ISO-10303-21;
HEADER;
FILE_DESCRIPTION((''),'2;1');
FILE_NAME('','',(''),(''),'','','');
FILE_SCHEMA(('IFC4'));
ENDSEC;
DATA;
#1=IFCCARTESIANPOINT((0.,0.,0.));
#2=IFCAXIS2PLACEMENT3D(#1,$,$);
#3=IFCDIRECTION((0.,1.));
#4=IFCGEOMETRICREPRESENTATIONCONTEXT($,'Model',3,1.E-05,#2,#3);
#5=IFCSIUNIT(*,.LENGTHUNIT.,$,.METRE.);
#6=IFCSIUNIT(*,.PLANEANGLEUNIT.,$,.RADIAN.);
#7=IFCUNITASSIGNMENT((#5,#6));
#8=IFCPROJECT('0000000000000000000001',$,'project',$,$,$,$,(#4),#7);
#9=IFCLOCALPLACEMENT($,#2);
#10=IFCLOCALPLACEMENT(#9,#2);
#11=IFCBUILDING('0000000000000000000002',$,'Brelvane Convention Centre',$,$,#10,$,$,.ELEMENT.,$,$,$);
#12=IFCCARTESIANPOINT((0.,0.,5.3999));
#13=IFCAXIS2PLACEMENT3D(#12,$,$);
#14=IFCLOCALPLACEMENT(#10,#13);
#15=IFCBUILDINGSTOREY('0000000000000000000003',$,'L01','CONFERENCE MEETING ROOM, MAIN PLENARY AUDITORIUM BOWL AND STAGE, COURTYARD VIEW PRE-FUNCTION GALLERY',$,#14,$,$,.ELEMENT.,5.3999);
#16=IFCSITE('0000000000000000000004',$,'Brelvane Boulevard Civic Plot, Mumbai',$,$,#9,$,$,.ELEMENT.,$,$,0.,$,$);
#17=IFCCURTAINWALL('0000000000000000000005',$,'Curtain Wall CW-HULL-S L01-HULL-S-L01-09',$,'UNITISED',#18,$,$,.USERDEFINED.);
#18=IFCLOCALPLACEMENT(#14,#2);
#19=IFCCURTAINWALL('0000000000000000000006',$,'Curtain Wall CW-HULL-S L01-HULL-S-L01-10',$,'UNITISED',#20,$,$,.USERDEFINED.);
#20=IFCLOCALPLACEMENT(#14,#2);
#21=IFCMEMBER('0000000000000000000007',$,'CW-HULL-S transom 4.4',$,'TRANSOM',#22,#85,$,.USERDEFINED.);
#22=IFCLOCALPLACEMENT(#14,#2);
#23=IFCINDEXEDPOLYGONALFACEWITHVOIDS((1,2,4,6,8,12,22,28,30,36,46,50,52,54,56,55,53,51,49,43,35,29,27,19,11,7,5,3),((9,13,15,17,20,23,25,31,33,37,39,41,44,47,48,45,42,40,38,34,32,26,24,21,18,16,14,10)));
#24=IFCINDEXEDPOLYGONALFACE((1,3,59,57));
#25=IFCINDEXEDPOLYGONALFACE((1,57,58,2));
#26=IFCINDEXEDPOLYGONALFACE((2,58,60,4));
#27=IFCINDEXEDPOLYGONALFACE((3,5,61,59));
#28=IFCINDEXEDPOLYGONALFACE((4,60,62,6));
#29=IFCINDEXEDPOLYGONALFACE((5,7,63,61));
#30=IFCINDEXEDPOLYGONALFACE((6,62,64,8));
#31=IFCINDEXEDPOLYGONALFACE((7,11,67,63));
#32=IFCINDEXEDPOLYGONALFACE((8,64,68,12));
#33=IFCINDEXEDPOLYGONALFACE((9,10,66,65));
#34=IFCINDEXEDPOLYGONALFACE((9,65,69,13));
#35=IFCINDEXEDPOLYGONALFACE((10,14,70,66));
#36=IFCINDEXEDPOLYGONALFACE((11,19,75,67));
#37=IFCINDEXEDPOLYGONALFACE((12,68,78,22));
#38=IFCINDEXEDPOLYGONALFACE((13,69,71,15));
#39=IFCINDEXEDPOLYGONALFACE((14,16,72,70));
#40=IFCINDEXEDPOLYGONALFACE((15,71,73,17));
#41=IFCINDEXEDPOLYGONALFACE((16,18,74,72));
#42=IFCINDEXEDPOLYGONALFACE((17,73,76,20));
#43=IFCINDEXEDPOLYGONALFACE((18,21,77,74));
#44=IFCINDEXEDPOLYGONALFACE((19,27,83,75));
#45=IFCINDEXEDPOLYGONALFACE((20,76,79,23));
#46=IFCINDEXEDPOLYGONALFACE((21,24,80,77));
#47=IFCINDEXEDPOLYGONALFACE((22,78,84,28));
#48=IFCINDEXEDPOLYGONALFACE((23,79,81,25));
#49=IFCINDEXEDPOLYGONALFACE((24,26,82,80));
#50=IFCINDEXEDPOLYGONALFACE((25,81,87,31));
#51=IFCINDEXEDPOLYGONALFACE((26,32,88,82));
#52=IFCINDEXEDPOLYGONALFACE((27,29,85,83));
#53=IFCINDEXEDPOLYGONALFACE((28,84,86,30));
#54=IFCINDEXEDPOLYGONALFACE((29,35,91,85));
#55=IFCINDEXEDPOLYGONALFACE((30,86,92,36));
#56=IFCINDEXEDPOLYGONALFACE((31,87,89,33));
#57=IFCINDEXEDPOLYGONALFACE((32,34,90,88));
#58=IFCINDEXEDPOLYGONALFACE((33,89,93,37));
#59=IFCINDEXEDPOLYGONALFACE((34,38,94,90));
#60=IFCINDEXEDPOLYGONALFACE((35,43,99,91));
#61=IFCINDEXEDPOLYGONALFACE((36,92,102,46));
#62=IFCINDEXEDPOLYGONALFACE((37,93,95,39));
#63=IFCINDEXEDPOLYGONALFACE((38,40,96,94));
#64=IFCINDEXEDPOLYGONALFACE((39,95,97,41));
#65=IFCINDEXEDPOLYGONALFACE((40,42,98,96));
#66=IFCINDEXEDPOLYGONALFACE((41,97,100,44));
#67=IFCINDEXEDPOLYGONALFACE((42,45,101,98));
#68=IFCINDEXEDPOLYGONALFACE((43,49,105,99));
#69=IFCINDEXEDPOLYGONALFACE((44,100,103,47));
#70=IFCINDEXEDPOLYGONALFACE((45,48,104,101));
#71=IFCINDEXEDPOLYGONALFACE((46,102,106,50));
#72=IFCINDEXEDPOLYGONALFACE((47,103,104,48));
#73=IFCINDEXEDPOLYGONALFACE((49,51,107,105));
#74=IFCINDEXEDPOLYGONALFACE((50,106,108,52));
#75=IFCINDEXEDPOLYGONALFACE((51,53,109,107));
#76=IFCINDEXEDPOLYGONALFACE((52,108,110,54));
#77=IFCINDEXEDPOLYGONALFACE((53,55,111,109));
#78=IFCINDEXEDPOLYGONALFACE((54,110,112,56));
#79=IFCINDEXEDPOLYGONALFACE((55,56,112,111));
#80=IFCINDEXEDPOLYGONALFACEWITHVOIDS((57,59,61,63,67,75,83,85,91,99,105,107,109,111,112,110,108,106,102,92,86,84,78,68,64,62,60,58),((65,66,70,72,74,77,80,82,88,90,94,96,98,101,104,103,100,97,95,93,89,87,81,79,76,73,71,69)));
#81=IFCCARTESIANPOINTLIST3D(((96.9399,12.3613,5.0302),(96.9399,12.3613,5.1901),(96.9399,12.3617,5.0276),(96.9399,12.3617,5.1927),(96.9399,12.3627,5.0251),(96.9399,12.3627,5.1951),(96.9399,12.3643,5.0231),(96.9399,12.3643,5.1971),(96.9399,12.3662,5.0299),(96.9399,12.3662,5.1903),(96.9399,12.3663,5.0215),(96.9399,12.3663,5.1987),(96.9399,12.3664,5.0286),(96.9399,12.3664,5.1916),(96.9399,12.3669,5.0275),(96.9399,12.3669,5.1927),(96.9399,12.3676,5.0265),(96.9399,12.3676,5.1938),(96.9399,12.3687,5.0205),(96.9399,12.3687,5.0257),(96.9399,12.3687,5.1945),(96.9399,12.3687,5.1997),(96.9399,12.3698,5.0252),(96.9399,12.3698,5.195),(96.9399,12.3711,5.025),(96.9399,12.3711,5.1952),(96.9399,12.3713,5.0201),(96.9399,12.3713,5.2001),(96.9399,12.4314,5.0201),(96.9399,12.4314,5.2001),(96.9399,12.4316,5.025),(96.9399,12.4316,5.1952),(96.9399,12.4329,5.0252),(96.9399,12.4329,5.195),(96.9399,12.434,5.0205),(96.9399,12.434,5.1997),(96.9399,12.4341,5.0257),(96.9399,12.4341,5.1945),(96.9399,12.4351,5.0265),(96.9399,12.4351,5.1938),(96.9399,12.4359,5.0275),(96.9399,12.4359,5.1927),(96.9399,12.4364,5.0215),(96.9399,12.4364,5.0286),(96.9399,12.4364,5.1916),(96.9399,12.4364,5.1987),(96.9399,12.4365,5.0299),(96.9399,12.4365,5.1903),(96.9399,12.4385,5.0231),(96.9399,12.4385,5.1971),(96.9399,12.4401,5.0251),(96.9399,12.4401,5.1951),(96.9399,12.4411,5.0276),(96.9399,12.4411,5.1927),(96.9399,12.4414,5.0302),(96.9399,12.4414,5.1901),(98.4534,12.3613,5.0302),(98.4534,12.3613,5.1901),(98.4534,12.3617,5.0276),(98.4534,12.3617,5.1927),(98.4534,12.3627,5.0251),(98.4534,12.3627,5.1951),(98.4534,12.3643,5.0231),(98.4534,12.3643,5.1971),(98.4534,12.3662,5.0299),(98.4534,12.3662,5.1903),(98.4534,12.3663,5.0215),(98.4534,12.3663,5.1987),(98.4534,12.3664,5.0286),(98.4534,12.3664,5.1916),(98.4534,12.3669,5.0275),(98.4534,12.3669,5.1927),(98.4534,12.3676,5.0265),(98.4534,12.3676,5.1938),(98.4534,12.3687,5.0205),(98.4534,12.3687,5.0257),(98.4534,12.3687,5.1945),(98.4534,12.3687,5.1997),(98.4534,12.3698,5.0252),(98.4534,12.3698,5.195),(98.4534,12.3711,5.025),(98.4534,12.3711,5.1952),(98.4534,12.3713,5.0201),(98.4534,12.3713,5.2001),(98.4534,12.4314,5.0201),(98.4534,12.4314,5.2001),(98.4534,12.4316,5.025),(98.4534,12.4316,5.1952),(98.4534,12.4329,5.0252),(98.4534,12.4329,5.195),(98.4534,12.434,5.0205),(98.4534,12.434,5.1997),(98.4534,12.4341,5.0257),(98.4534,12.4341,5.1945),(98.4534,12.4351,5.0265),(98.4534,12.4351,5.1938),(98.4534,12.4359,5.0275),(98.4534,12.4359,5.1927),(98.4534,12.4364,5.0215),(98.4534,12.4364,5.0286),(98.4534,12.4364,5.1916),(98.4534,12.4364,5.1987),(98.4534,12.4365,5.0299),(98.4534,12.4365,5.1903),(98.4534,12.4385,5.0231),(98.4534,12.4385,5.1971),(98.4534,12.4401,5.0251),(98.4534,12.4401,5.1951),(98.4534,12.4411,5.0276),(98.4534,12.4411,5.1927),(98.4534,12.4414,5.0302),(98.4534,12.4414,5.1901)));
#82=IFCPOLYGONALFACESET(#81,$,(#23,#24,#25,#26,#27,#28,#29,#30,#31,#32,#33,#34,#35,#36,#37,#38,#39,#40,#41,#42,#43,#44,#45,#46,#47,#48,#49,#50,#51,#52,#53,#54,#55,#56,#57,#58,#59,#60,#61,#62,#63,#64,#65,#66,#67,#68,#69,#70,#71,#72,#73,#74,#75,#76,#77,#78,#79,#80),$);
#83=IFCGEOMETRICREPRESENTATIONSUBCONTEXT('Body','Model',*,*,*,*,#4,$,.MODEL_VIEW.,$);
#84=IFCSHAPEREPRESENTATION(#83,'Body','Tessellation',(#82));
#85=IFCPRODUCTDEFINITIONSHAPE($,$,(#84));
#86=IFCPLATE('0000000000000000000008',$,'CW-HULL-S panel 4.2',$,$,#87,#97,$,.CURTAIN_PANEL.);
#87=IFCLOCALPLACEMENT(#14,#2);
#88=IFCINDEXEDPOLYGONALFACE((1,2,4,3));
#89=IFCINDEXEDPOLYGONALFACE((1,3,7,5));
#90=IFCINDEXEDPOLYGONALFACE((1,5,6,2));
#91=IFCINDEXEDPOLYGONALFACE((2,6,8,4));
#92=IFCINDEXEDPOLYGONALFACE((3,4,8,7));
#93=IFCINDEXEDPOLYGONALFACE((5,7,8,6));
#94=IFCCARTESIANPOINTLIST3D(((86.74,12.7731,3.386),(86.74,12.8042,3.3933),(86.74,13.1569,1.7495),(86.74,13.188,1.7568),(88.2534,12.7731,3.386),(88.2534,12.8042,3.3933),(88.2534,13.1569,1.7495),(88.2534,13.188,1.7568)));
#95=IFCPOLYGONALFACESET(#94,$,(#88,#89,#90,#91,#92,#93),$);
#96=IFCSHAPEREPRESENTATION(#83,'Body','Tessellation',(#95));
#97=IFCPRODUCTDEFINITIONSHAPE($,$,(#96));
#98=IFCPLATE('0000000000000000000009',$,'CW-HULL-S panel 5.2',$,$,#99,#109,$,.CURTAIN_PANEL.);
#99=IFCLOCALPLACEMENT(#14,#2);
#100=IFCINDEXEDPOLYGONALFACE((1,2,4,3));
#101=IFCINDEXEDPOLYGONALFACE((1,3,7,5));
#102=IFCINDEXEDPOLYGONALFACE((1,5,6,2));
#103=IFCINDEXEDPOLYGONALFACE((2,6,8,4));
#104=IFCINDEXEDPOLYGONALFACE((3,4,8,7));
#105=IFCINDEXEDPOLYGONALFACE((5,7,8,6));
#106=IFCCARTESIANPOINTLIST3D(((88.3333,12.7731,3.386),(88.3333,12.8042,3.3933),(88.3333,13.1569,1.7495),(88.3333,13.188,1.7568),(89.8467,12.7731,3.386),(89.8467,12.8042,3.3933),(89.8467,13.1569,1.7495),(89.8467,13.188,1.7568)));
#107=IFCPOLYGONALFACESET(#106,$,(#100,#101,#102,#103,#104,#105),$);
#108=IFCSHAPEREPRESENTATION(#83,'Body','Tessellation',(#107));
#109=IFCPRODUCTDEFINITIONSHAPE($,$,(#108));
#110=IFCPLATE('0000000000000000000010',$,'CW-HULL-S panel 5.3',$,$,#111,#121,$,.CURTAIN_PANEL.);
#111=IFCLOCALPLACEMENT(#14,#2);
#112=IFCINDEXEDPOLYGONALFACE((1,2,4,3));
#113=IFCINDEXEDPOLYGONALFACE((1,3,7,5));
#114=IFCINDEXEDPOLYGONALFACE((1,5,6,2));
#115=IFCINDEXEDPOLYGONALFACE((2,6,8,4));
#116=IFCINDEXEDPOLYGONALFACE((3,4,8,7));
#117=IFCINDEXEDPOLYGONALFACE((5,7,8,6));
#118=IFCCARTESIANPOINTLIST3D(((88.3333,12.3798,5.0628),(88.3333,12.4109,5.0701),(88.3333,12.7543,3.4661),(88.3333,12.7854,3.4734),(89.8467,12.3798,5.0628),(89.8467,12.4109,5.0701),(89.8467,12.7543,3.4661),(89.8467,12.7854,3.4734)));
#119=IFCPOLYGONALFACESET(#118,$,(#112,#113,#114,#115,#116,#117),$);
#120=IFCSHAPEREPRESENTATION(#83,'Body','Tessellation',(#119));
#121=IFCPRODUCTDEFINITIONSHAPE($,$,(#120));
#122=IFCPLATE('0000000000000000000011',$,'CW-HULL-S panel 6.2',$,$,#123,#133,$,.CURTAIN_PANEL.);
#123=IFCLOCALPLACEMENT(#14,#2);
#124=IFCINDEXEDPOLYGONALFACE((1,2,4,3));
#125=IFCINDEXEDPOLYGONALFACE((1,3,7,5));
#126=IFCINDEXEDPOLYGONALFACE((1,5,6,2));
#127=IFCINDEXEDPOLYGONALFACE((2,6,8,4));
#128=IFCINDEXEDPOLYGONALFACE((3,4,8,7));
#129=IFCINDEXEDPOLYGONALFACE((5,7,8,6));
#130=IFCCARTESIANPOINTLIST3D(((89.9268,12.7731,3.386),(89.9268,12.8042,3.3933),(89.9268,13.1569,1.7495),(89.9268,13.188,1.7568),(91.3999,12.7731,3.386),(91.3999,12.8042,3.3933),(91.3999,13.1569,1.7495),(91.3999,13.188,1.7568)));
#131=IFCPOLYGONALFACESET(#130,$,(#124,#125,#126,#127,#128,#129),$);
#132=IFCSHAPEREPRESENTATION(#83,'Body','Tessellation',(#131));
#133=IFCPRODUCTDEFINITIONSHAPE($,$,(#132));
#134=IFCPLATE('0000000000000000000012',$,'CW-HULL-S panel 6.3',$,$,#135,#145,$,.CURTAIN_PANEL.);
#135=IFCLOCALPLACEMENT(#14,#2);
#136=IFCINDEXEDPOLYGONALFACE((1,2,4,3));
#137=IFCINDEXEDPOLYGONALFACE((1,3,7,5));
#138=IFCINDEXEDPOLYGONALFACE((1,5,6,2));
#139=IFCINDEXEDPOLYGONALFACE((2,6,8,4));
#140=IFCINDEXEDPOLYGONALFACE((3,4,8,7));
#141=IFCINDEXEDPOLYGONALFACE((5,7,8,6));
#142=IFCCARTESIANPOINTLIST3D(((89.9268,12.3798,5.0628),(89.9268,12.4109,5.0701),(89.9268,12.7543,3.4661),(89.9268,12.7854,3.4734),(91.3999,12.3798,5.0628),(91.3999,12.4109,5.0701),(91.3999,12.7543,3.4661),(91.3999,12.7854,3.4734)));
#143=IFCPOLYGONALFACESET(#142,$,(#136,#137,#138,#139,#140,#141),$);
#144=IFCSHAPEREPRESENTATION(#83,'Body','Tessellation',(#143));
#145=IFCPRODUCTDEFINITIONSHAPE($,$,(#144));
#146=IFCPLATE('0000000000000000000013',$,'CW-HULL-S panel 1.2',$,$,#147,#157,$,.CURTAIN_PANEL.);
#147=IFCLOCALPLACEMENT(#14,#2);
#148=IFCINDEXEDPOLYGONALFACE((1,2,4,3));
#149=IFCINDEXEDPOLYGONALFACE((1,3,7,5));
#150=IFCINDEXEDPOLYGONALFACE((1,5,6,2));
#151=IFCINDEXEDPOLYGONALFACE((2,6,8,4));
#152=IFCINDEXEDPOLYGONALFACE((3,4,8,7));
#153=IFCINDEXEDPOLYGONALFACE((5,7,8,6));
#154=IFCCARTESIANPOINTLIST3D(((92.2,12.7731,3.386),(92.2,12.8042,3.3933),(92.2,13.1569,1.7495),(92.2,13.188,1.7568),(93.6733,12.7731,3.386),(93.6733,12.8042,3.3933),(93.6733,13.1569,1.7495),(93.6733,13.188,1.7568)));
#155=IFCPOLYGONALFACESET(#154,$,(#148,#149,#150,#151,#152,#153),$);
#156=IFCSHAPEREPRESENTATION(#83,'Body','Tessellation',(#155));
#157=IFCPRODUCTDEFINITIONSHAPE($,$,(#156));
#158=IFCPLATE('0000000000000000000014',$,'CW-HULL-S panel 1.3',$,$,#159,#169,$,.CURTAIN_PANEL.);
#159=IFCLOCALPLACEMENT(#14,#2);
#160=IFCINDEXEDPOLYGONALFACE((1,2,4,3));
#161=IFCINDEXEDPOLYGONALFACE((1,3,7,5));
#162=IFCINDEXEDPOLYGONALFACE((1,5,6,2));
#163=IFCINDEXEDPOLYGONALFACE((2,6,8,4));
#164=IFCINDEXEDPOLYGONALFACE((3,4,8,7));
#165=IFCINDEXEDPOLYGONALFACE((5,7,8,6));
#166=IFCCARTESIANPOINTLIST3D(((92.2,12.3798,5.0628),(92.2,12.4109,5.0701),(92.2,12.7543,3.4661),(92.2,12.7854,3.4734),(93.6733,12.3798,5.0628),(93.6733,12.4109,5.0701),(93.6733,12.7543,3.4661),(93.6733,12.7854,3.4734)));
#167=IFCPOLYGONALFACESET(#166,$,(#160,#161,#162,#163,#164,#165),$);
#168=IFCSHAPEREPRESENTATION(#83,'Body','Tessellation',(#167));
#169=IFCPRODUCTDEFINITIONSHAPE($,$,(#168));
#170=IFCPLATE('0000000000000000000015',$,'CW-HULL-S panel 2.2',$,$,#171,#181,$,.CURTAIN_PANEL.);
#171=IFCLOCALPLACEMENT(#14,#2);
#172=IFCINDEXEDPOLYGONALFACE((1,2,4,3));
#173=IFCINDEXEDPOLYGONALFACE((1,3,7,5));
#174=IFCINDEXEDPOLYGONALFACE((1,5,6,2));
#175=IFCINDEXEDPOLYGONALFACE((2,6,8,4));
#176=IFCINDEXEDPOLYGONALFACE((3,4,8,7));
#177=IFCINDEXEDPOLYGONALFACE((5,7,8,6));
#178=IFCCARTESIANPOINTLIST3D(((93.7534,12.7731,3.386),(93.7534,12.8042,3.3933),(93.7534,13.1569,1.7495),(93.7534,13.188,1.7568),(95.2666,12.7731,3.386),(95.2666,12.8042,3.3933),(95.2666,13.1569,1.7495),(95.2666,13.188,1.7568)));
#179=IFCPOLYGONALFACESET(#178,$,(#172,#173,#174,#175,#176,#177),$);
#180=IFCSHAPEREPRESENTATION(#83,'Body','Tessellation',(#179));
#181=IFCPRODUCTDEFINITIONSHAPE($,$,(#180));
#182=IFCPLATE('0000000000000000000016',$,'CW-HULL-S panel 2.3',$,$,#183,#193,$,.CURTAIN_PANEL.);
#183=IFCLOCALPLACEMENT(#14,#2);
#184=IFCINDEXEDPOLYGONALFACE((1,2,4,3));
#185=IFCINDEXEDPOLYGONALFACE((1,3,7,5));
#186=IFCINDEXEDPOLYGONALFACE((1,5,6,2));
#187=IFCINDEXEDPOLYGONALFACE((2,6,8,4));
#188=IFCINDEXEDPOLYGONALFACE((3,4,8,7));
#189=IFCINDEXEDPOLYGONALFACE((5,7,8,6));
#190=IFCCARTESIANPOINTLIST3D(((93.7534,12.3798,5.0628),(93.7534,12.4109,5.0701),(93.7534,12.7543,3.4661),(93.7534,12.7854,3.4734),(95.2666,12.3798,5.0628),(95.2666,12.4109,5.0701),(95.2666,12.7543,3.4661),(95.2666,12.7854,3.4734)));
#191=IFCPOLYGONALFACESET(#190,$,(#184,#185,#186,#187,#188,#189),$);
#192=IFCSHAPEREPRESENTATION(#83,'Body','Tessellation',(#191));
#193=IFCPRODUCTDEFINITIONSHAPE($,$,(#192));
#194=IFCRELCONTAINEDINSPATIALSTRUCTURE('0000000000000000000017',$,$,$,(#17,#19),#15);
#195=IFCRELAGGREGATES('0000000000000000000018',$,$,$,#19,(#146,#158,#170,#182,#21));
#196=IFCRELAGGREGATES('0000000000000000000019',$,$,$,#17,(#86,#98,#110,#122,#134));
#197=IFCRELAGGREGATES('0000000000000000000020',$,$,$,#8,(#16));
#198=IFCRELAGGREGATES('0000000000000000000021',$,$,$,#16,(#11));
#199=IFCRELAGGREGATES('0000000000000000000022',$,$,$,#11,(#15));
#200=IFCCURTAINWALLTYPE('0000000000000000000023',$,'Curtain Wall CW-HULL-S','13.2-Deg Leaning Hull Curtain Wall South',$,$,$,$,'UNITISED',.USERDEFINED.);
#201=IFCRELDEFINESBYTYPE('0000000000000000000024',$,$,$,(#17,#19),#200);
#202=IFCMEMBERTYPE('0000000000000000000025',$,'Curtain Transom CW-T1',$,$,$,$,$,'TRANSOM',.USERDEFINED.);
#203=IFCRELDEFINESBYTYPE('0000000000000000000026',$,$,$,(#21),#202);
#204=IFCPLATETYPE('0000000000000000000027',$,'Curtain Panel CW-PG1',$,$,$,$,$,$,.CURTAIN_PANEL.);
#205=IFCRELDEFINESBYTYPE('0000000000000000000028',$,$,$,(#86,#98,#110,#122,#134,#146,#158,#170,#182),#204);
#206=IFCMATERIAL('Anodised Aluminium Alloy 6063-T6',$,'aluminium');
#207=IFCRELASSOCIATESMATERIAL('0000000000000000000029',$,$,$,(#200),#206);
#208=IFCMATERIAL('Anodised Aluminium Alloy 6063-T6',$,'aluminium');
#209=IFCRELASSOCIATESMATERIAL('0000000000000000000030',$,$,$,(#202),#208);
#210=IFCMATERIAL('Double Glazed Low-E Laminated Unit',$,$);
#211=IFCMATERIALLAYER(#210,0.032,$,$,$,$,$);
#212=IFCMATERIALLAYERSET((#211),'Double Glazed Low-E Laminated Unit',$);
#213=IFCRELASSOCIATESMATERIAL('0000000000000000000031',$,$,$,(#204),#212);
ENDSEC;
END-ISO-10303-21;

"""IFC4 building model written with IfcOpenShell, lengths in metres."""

from ifc_helpers import new_model, si_unit, direction, frame, origin, origin_2d, place, context, subcontext, project, spatial, polyline, hollow_rectangle, outline, extrude, material, layer, layer_set, material_profile, profile_set, type_object, element, aggregate, save


model = new_model("IFC4")

# Units and contexts
model_context = context("Model", 3, precision=1e-05, world=origin(), true_north=direction((0.0, 1.0)))
body_context = subcontext(model_context, "Body", "Model", "MODEL_VIEW")
ifc_project = project(units=[si_unit("LENGTHUNIT", "METRE"), si_unit("PLANEANGLEUNIT", "RADIAN")], contexts=[model_context])

# Site, building, storey
site_placement = place(None, origin())
site = spatial("IfcSite", under=ifc_project, at=site_placement, Name="Brelvane Boulevard Civic Plot, Mumbai", CompositionType="ELEMENT", RefElevation=0.0)
building_placement = place(site_placement, origin())
building = spatial("IfcBuilding", under=site, at=building_placement, Name="Brelvane Convention Centre", CompositionType="ELEMENT")
storey_placement = place(building_placement, frame((0.0, 0.0, 5.3999)))
storey = spatial("IfcBuildingStorey", under=building, at=storey_placement, Name="L01", Description="CONFERENCE MEETING ROOM, MAIN PLENARY AUDITORIUM BOWL AND STAGE, COURTYARD VIEW PRE-FUNCTION GALLERY", CompositionType="ELEMENT", Elevation=5.3999)

# Curtain walls, member
ifc_material_1 = material(Name="Anodised Aluminium Alloy 6063-T6", Category="aluminium")
curtain_wall_type = type_object("IfcCurtainWallType", Name="Curtain Wall CW-HULL-S", Description="13.2-Deg Leaning Hull Curtain Wall South", ElementType="UNITISED", PredefinedType="USERDEFINED", material=ifc_material_1)
curtain_wall_1_placement = place(storey_placement, origin())
curtain_wall_1 = element("IfcCurtainWall", 1, at=curtain_wall_1_placement, inside=storey, type_object=curtain_wall_type, Name="Curtain Wall CW-HULL-S L01-HULL-S-L01-09", ObjectType="UNITISED", PredefinedType="USERDEFINED")
ifc_material_2 = material(Name="Anodised Aluminium Alloy 6063-T6", Category="aluminium")
ifc_material_profile = material_profile(ifc_material_2, hollow_rectangle(XDim=0.0801, YDim=0.1799, WallThickness=0.0049, InnerFilletRadius=0.0049, OuterFilletRadius=0.01, at=origin_2d()), Name="ALU-T 180x80x5.0")
ifc_profile_set = profile_set([ifc_material_profile], Name="Anodised Aluminium Alloy 6063-T6")
member_type = type_object("IfcMemberType", Name="Curtain Transom CW-T1", ElementType="TRANSOM", PredefinedType="USERDEFINED", material=ifc_profile_set)
curtain_wall_2_placement = place(storey_placement, origin())
curtain_wall_2 = element("IfcCurtainWall", 2, at=curtain_wall_2_placement, inside=storey, type_object=curtain_wall_type, Name="Curtain Wall CW-HULL-S L01-HULL-S-L01-10", ObjectType="UNITISED", PredefinedType="USERDEFINED")
member_1_placement = place(storey_placement, frame((96.9399, 12.4014, 5.1101), z_axis=(1.0, 0.0, 0.0), x_axis=(0.0, 1.0, 0.0)))
member_1 = element("IfcMember", 3, at=member_1_placement, type_object=member_type, Name="CW-HULL-S transom 4.4", ObjectType="TRANSOM", PredefinedType="USERDEFINED", context=body_context, shape_type="SweptSolid", body=[
    extrude(hollow_rectangle(XDim=0.0801, YDim=0.1799, WallThickness=0.0049, InnerFilletRadius=0.0049, OuterFilletRadius=0.01, at=origin_2d()), origin(), (0.0, 0.0, 1.0), 1.5134),
])

# Plates
ifc_material_3 = material(Name="Double Glazed Low-E Laminated Unit")
ifc_layer_1 = layer(ifc_material_3, 0.032)
ifc_layer_set_1 = layer_set([ifc_layer_1], Name="Double Glazed Low-E Laminated Unit")
plate_type_1 = type_object("IfcPlateType", Name="Curtain Panel CW-PG1", PredefinedType="CURTAIN_PANEL", material=ifc_layer_set_1)
plate_1_placement = place(storey_placement, frame((86.74, 13.188, 1.7568), z_axis=(0.0, 0.973585, 0.228327), x_axis=(1.0, 0.0, 0.0)))
plate_1 = element("IfcPlate", 4, at=plate_1_placement, type_object=plate_type_1, Name="CW-HULL-S panel 4.2", PredefinedType="CURTAIN_PANEL", context=body_context, shape_type="SweptSolid", body=[
    extrude(outline(polyline([(0.0, 0.0), (1.5134, 0.0), (1.5134, -1.6809), (0.0, -1.6809), (0.0, 0.0)])), origin(), (0.0, 0.0, -1.0), 0.032),
])
plate_2_placement = place(storey_placement, frame((88.3333, 13.188, 1.7568), z_axis=(0.0, 0.973585, 0.228327), x_axis=(1.0, 0.0, 0.0)))
plate_2 = element("IfcPlate", 5, at=plate_2_placement, type_object=plate_type_1, Name="CW-HULL-S panel 5.2", PredefinedType="CURTAIN_PANEL", context=body_context, shape_type="SweptSolid", body=[
    extrude(outline(polyline([(0.0, 0.0), (1.5134, 0.0), (1.5134, -1.6809), (0.0, -1.6809), (0.0, 0.0)])), origin(), (0.0, 0.0, -1.0), 0.032),
])
plate_3_placement = place(storey_placement, frame((88.3333, 12.7854, 3.4734), z_axis=(0.0, 0.973577, 0.228359), x_axis=(1.0, 0.0, 0.0)))
plate_3 = element("IfcPlate", 6, at=plate_3_placement, type_object=plate_type_1, Name="CW-HULL-S panel 5.3", PredefinedType="CURTAIN_PANEL", context=body_context, shape_type="SweptSolid", body=[
    extrude(outline(polyline([(0.0, 0.0), (1.5134, 0.0), (1.5134, -1.64), (0.0, -1.64), (0.0, 0.0)])), origin(), (0.0, 0.0, -1.0), 0.032),
])
plate_4_placement = place(storey_placement, frame((89.9268, 13.188, 1.7568), z_axis=(0.0, 0.973585, 0.228327), x_axis=(1.0, 0.0, 0.0)))
plate_4 = element("IfcPlate", 7, at=plate_4_placement, type_object=plate_type_1, Name="CW-HULL-S panel 6.2", PredefinedType="CURTAIN_PANEL", context=body_context, shape_type="SweptSolid", body=[
    extrude(outline(polyline([(0.0, 0.0), (1.4731, 0.0), (1.4731, -1.6809), (0.0, -1.6809), (0.0, 0.0)])), origin(), (0.0, 0.0, -1.0), 0.032),
])
plate_5_placement = place(storey_placement, frame((89.9268, 12.7854, 3.4734), z_axis=(0.0, 0.973577, 0.228359), x_axis=(1.0, 0.0, 0.0)))
plate_5 = element("IfcPlate", 8, at=plate_5_placement, type_object=plate_type_1, Name="CW-HULL-S panel 6.3", PredefinedType="CURTAIN_PANEL", context=body_context, shape_type="SweptSolid", body=[
    extrude(outline(polyline([(0.0, 0.0), (1.4731, 0.0), (1.4731, -1.64), (0.0, -1.64), (0.0, 0.0)])), origin(), (0.0, 0.0, -1.0), 0.032),
])
plate_6_placement = place(storey_placement, frame((92.2, 13.188, 1.7568), z_axis=(0.0, 0.973585, 0.228327), x_axis=(1.0, 0.0, 0.0)))
plate_6 = element("IfcPlate", 9, at=plate_6_placement, type_object=plate_type_1, Name="CW-HULL-S panel 1.2", PredefinedType="CURTAIN_PANEL", context=body_context, shape_type="SweptSolid", body=[
    extrude(outline(polyline([(0.0, 0.0), (1.4734, 0.0), (1.4734, -1.6809), (0.0, -1.6809), (0.0, 0.0)])), origin(), (0.0, 0.0, -1.0), 0.032),
])
plate_7_placement = place(storey_placement, frame((92.2, 12.7854, 3.4734), z_axis=(0.0, 0.973577, 0.228359), x_axis=(1.0, 0.0, 0.0)))
plate_7 = element("IfcPlate", 10, at=plate_7_placement, type_object=plate_type_1, Name="CW-HULL-S panel 1.3", PredefinedType="CURTAIN_PANEL", context=body_context, shape_type="SweptSolid", body=[
    extrude(outline(polyline([(0.0, 0.0), (1.4734, 0.0), (1.4734, -1.64), (0.0, -1.64), (0.0, 0.0)])), origin(), (0.0, 0.0, -1.0), 0.032),
])
plate_8_placement = place(storey_placement, frame((93.7534, 13.188, 1.7568), z_axis=(0.0, 0.973585, 0.228327), x_axis=(1.0, 0.0, 0.0)))
plate_8 = element("IfcPlate", 11, at=plate_8_placement, type_object=plate_type_1, Name="CW-HULL-S panel 2.2", PredefinedType="CURTAIN_PANEL", context=body_context, shape_type="SweptSolid", body=[
    extrude(outline(polyline([(0.0, 0.0), (1.5132, 0.0), (1.5132, -1.6809), (0.0, -1.6809), (0.0, 0.0)])), origin(), (0.0, 0.0, -1.0), 0.032),
])
plate_9_placement = place(storey_placement, frame((93.7534, 12.7854, 3.4734), z_axis=(0.0, 0.973577, 0.228359), x_axis=(1.0, 0.0, 0.0)))
plate_9 = element("IfcPlate", 12, at=plate_9_placement, type_object=plate_type_1, Name="CW-HULL-S panel 2.3", PredefinedType="CURTAIN_PANEL", context=body_context, shape_type="SweptSolid", body=[
    extrude(outline(polyline([(0.0, 0.0), (1.5132, 0.0), (1.5132, -1.64), (0.0, -1.64), (0.0, 0.0)])), origin(), (0.0, 0.0, -1.0), 0.032),
])
aggregate(curtain_wall_2, [plate_6, plate_7, plate_8, plate_9, member_1])
aggregate(curtain_wall_1, [plate_1, plate_2, plate_3, plate_4, plate_5])

save(model, "model.ifc")
